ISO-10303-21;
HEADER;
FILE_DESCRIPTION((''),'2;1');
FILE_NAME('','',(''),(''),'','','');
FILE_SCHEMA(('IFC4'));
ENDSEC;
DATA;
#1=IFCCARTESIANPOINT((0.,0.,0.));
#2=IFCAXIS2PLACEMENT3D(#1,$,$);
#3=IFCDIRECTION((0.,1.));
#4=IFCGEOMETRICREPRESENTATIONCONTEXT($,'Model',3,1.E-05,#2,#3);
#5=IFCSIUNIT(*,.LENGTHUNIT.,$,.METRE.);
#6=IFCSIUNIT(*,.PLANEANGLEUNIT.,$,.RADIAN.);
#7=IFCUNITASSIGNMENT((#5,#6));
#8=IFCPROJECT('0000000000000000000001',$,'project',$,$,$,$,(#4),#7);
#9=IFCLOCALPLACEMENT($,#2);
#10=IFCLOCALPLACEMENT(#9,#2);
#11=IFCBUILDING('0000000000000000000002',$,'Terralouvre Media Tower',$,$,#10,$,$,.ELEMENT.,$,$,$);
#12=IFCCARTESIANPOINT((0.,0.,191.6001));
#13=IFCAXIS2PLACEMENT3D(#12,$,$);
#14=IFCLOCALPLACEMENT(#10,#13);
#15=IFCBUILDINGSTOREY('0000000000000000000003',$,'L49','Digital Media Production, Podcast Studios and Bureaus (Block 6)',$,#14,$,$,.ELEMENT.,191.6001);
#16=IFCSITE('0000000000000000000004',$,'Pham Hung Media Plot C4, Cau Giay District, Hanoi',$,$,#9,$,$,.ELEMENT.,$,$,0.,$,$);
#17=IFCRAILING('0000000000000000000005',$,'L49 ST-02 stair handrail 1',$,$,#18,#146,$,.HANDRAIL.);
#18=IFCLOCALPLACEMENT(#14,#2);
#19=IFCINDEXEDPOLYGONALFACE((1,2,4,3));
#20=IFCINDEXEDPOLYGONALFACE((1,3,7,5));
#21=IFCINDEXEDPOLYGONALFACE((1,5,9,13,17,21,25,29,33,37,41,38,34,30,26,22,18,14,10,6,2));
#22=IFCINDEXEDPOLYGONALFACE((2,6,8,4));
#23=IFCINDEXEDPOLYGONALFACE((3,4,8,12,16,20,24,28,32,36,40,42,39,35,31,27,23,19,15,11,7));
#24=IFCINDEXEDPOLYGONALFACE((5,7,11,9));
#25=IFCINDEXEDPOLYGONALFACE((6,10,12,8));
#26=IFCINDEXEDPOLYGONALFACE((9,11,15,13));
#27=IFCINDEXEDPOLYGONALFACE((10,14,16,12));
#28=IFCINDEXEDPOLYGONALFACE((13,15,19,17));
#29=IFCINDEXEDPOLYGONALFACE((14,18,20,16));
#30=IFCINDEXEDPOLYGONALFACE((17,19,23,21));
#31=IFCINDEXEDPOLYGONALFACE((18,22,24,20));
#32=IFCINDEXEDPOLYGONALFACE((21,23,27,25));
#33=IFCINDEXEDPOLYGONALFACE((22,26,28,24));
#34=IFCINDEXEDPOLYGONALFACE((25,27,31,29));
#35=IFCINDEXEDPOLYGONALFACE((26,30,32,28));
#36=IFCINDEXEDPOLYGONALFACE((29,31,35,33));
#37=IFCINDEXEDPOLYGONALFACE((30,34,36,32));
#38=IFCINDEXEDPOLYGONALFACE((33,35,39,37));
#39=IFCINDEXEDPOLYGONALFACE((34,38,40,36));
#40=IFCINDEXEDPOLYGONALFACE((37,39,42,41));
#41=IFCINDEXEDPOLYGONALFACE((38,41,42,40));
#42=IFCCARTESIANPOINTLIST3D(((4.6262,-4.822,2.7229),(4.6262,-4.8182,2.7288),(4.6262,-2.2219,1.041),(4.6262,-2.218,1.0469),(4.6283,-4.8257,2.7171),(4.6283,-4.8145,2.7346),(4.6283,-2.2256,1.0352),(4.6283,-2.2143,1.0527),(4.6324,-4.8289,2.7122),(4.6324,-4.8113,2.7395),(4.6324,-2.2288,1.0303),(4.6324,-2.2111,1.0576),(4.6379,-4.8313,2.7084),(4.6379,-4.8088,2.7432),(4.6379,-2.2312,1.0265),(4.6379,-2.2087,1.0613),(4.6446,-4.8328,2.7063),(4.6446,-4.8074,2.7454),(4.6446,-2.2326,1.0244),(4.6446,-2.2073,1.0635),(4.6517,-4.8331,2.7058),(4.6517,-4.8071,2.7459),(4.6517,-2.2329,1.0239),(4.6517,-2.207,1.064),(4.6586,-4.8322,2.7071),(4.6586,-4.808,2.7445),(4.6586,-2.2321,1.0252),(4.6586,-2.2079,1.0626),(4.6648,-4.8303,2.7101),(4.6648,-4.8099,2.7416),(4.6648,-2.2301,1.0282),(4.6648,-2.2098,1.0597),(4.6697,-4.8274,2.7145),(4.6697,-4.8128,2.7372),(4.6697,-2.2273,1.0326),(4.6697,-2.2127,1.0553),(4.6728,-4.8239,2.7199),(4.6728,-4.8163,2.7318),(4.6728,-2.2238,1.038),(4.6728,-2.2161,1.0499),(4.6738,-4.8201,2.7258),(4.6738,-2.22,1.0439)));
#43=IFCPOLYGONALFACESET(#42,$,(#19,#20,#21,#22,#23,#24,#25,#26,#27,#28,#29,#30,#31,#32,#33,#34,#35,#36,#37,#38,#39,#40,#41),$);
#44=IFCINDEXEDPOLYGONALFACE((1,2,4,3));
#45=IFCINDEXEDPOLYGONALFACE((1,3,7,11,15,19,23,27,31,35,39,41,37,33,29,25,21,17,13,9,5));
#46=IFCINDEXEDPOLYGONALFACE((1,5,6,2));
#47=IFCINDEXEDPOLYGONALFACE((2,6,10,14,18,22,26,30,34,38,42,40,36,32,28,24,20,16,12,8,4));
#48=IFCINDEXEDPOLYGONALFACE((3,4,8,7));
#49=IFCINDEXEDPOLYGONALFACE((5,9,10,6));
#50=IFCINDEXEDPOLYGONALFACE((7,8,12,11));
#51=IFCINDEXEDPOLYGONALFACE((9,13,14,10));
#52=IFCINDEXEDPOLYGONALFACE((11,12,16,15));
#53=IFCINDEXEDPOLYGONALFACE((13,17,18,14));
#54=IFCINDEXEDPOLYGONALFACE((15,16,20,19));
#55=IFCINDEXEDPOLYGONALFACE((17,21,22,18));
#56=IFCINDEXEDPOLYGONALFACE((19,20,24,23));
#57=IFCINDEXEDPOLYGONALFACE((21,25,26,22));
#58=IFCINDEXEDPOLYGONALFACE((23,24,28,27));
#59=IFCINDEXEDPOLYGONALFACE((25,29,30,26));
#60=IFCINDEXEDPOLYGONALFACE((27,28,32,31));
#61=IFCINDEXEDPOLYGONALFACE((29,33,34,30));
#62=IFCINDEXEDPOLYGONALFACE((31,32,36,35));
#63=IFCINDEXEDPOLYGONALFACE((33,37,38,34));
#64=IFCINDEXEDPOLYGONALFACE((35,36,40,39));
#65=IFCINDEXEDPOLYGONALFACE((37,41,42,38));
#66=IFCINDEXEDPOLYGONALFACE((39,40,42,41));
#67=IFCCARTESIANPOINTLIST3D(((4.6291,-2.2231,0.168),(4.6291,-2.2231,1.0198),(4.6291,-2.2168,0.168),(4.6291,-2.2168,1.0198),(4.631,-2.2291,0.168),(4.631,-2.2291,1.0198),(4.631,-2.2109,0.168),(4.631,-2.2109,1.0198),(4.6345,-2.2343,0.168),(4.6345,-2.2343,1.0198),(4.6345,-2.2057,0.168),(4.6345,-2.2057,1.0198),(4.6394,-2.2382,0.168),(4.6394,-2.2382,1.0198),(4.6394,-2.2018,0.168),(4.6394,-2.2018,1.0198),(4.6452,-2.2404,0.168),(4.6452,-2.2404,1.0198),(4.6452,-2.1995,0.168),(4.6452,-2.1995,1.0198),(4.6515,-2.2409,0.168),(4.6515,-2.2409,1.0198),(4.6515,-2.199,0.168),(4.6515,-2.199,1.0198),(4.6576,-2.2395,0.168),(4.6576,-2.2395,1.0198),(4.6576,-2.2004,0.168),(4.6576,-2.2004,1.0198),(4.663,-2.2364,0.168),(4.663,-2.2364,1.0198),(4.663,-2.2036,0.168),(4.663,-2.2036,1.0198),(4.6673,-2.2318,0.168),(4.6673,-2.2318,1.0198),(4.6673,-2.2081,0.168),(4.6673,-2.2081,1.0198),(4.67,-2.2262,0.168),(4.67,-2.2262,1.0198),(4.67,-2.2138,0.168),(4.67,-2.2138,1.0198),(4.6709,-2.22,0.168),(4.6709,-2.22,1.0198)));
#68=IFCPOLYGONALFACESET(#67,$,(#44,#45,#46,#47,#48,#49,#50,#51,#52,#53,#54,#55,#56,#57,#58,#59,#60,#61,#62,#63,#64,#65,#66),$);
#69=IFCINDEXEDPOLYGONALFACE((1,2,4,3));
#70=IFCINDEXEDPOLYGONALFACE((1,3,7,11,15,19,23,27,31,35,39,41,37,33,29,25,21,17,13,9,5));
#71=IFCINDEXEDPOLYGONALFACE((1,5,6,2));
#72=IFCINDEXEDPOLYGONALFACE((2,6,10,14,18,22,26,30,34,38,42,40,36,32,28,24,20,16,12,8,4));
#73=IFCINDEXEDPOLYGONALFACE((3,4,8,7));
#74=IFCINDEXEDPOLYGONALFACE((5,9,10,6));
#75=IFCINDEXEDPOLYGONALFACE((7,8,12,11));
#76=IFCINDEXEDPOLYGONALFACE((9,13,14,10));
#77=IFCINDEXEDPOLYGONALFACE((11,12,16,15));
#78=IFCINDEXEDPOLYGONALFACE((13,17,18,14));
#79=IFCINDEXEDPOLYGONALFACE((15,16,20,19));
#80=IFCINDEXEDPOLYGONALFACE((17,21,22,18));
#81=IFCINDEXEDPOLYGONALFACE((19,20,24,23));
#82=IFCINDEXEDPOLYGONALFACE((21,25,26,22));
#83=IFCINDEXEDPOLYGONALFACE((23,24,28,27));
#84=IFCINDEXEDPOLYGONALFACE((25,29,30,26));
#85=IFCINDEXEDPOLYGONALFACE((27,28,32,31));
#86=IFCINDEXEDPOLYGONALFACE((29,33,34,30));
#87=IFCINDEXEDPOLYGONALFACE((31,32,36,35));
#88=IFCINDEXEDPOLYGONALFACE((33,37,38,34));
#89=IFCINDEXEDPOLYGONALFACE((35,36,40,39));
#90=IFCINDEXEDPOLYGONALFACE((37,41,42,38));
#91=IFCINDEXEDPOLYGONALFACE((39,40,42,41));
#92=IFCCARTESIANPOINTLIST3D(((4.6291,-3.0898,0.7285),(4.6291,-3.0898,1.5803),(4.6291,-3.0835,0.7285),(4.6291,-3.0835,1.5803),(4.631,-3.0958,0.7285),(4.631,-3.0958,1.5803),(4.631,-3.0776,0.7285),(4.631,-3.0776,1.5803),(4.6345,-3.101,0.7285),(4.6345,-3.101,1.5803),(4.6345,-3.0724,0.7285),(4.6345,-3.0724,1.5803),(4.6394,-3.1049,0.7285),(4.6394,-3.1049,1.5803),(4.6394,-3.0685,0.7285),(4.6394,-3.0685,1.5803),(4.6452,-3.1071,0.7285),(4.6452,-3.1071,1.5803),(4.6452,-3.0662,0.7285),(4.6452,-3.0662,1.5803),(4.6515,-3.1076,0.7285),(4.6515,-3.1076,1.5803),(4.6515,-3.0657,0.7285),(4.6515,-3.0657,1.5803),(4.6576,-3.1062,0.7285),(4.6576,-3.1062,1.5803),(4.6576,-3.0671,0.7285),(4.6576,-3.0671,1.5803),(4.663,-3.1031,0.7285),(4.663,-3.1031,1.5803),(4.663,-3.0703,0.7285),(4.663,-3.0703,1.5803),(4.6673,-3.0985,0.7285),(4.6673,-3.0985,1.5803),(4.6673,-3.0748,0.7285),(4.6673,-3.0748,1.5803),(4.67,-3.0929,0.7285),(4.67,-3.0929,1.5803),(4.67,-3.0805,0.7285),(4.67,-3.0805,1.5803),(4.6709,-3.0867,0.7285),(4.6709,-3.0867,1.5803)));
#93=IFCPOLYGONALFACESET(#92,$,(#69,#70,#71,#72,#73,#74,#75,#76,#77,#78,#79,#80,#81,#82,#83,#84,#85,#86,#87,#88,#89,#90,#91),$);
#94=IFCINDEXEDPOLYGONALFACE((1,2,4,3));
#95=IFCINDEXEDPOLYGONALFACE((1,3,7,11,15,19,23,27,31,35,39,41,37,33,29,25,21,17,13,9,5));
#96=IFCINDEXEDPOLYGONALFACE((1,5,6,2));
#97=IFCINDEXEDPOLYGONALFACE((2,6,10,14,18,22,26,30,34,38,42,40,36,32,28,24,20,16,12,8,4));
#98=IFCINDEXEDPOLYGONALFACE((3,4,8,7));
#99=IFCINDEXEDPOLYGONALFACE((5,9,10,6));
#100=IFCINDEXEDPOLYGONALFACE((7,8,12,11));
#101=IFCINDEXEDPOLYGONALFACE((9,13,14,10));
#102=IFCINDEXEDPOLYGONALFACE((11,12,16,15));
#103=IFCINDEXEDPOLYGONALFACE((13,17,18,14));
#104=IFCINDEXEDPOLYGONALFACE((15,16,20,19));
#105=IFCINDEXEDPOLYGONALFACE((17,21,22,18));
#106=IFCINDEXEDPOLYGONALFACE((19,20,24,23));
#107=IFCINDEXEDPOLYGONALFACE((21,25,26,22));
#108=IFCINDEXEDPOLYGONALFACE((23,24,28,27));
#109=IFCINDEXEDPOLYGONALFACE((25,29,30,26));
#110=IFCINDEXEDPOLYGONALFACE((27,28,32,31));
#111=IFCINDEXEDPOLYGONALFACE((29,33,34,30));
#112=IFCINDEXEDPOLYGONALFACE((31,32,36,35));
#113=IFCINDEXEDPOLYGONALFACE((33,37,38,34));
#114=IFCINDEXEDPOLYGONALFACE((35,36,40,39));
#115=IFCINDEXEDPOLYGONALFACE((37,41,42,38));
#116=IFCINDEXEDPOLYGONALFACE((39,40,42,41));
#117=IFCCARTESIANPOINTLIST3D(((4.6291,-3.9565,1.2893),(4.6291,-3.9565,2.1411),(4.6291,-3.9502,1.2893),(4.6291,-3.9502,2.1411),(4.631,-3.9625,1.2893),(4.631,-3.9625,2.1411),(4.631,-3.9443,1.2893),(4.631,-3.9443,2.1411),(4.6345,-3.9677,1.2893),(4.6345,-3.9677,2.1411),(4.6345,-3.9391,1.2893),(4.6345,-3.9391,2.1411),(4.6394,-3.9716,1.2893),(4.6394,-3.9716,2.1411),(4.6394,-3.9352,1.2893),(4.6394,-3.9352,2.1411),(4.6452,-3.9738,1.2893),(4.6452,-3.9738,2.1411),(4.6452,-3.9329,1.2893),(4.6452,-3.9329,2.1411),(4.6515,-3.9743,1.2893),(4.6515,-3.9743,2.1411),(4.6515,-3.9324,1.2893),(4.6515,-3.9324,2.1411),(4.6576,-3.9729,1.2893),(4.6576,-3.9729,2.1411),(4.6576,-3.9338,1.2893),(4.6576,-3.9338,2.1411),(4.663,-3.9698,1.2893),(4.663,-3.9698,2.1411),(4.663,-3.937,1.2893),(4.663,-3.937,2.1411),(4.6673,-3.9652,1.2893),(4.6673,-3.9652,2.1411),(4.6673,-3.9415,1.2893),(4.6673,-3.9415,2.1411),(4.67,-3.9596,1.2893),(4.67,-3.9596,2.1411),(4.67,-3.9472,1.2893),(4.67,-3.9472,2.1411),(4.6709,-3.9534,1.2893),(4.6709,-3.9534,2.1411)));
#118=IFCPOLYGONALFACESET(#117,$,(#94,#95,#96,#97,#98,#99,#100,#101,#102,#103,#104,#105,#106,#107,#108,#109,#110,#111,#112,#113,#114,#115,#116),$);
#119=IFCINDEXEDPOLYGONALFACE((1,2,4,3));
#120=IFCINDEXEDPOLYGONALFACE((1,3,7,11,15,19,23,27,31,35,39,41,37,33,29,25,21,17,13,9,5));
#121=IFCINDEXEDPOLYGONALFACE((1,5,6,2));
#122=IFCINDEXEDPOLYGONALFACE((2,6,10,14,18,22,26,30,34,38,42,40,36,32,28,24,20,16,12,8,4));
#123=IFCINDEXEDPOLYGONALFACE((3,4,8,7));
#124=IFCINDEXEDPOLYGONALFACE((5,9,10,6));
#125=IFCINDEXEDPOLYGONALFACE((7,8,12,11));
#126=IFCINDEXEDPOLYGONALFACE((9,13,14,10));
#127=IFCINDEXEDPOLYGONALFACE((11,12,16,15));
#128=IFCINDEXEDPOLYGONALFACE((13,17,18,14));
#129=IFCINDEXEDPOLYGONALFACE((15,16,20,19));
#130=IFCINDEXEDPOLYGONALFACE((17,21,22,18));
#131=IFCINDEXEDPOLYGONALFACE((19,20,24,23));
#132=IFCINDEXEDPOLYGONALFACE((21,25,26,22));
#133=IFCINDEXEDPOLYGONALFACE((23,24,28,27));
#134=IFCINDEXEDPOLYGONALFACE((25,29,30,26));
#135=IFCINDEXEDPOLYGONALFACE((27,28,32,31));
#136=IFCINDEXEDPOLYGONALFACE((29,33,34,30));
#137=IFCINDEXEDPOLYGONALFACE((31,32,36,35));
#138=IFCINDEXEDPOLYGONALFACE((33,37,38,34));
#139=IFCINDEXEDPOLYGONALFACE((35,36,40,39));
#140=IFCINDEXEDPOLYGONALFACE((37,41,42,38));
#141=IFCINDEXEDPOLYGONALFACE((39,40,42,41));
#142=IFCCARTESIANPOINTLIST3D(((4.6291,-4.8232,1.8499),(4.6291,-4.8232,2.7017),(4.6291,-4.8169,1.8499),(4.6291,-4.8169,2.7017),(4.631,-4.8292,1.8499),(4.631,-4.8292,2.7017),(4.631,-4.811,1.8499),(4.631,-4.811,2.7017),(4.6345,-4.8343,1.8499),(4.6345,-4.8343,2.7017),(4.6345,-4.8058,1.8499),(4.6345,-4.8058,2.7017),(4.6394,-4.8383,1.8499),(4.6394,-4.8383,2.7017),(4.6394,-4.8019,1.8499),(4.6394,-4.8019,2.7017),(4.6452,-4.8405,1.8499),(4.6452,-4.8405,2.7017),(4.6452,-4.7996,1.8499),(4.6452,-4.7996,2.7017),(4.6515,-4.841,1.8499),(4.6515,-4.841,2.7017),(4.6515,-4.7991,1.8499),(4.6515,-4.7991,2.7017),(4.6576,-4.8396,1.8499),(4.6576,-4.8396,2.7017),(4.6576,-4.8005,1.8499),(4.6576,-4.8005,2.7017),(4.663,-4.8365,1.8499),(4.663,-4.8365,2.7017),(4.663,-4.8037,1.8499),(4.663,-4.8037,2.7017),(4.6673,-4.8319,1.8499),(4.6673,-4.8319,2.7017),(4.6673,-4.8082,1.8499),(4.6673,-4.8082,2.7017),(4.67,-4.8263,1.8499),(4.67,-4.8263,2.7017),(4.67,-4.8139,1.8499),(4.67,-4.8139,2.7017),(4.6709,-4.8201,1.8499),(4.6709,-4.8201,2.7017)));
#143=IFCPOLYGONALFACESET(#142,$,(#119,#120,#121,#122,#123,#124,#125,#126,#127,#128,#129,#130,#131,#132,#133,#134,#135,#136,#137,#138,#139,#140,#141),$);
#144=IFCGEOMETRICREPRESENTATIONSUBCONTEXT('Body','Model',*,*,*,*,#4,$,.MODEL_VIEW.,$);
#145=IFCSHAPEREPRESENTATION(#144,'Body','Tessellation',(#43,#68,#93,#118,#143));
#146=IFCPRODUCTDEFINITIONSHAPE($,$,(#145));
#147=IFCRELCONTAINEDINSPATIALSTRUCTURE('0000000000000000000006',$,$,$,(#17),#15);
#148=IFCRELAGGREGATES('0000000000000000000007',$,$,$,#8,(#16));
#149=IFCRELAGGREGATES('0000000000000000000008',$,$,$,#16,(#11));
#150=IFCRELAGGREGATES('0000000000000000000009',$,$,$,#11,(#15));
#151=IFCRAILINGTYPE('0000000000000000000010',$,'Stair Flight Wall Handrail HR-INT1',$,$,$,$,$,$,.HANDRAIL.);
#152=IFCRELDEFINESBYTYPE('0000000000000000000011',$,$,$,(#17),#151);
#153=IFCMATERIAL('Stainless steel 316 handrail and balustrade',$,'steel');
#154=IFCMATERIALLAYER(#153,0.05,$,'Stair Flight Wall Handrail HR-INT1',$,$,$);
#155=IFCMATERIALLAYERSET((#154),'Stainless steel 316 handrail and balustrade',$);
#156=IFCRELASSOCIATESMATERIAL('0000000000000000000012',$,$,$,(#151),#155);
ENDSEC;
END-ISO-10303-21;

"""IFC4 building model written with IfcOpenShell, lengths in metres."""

from ifc_helpers import new_model, si_unit, direction, frame, origin, origin_2d, place, context, subcontext, project, spatial, circle, extrude, material, layer, layer_set, type_object, element, save


model = new_model("IFC4")

# Units and contexts
model_context = context("Model", 3, precision=1e-05, world=origin(), true_north=direction((0.0, 1.0)))
body_context = subcontext(model_context, "Body", "Model", "MODEL_VIEW")
ifc_project = project(units=[si_unit("LENGTHUNIT", "METRE"), si_unit("PLANEANGLEUNIT", "RADIAN")], contexts=[model_context])

# Site, building, storey
site_placement = place(None, origin())
site = spatial("IfcSite", under=ifc_project, at=site_placement, Name="Pham Hung Media Plot C4, Cau Giay District, Hanoi", CompositionType="ELEMENT", RefElevation=0.0)
building_placement = place(site_placement, origin())
building = spatial("IfcBuilding", under=site, at=building_placement, Name="Terralouvre Media Tower", CompositionType="ELEMENT")
storey_placement = place(building_placement, frame((0.0, 0.0, 191.6001)))
storey = spatial("IfcBuildingStorey", under=building, at=storey_placement, Name="L49", Description="Digital Media Production, Podcast Studios and Bureaus (Block 6)", CompositionType="ELEMENT", Elevation=191.6001)

# Railing
ifc_material_1 = material(Name="Stainless steel 316 handrail and balustrade", Category="steel")
ifc_layer_1 = layer(ifc_material_1, 0.05, Name="Stair Flight Wall Handrail HR-INT1")
ifc_layer_set_1 = layer_set([ifc_layer_1], Name="Stainless steel 316 handrail and balustrade")
railing_type_1 = type_object("IfcRailingType", Name="Stair Flight Wall Handrail HR-INT1", PredefinedType="HANDRAIL", material=ifc_layer_set_1)
railing_1_placement = place(storey_placement, frame((4.6499, -2.22, 0.168)))
element("IfcRailing", 1, at=railing_1_placement, inside=storey, type_object=railing_type_1, Name="L49 ST-02 stair handrail 1", PredefinedType="HANDRAIL", context=body_context, shape_type="SweptSolid", body=[
    extrude(circle(Radius=0.0239, at=origin_2d()), frame((0.0, 0.0, 0.876), z_axis=(0.0, -0.839648, 0.54313), x_axis=(1.0, 0.0, 0.0)), (0.0, 0.0, 1.0), 3.0967),
    extrude(circle(Radius=0.021, at=origin_2d()), origin(), (0.0, 0.0, 1.0), 0.8518),
    extrude(circle(Radius=0.021, at=origin_2d()), frame((0.0, -0.8667, 0.5605)), (0.0, 0.0, 1.0), 0.8518),
    extrude(circle(Radius=0.021, at=origin_2d()), frame((0.0, -1.7334, 1.1213)), (0.0, 0.0, 1.0), 0.8518),
    extrude(circle(Radius=0.021, at=origin_2d()), frame((0.0, -2.6001, 1.6819)), (0.0, 0.0, 1.0), 0.8518),
])

save(model, "model.ifc")
